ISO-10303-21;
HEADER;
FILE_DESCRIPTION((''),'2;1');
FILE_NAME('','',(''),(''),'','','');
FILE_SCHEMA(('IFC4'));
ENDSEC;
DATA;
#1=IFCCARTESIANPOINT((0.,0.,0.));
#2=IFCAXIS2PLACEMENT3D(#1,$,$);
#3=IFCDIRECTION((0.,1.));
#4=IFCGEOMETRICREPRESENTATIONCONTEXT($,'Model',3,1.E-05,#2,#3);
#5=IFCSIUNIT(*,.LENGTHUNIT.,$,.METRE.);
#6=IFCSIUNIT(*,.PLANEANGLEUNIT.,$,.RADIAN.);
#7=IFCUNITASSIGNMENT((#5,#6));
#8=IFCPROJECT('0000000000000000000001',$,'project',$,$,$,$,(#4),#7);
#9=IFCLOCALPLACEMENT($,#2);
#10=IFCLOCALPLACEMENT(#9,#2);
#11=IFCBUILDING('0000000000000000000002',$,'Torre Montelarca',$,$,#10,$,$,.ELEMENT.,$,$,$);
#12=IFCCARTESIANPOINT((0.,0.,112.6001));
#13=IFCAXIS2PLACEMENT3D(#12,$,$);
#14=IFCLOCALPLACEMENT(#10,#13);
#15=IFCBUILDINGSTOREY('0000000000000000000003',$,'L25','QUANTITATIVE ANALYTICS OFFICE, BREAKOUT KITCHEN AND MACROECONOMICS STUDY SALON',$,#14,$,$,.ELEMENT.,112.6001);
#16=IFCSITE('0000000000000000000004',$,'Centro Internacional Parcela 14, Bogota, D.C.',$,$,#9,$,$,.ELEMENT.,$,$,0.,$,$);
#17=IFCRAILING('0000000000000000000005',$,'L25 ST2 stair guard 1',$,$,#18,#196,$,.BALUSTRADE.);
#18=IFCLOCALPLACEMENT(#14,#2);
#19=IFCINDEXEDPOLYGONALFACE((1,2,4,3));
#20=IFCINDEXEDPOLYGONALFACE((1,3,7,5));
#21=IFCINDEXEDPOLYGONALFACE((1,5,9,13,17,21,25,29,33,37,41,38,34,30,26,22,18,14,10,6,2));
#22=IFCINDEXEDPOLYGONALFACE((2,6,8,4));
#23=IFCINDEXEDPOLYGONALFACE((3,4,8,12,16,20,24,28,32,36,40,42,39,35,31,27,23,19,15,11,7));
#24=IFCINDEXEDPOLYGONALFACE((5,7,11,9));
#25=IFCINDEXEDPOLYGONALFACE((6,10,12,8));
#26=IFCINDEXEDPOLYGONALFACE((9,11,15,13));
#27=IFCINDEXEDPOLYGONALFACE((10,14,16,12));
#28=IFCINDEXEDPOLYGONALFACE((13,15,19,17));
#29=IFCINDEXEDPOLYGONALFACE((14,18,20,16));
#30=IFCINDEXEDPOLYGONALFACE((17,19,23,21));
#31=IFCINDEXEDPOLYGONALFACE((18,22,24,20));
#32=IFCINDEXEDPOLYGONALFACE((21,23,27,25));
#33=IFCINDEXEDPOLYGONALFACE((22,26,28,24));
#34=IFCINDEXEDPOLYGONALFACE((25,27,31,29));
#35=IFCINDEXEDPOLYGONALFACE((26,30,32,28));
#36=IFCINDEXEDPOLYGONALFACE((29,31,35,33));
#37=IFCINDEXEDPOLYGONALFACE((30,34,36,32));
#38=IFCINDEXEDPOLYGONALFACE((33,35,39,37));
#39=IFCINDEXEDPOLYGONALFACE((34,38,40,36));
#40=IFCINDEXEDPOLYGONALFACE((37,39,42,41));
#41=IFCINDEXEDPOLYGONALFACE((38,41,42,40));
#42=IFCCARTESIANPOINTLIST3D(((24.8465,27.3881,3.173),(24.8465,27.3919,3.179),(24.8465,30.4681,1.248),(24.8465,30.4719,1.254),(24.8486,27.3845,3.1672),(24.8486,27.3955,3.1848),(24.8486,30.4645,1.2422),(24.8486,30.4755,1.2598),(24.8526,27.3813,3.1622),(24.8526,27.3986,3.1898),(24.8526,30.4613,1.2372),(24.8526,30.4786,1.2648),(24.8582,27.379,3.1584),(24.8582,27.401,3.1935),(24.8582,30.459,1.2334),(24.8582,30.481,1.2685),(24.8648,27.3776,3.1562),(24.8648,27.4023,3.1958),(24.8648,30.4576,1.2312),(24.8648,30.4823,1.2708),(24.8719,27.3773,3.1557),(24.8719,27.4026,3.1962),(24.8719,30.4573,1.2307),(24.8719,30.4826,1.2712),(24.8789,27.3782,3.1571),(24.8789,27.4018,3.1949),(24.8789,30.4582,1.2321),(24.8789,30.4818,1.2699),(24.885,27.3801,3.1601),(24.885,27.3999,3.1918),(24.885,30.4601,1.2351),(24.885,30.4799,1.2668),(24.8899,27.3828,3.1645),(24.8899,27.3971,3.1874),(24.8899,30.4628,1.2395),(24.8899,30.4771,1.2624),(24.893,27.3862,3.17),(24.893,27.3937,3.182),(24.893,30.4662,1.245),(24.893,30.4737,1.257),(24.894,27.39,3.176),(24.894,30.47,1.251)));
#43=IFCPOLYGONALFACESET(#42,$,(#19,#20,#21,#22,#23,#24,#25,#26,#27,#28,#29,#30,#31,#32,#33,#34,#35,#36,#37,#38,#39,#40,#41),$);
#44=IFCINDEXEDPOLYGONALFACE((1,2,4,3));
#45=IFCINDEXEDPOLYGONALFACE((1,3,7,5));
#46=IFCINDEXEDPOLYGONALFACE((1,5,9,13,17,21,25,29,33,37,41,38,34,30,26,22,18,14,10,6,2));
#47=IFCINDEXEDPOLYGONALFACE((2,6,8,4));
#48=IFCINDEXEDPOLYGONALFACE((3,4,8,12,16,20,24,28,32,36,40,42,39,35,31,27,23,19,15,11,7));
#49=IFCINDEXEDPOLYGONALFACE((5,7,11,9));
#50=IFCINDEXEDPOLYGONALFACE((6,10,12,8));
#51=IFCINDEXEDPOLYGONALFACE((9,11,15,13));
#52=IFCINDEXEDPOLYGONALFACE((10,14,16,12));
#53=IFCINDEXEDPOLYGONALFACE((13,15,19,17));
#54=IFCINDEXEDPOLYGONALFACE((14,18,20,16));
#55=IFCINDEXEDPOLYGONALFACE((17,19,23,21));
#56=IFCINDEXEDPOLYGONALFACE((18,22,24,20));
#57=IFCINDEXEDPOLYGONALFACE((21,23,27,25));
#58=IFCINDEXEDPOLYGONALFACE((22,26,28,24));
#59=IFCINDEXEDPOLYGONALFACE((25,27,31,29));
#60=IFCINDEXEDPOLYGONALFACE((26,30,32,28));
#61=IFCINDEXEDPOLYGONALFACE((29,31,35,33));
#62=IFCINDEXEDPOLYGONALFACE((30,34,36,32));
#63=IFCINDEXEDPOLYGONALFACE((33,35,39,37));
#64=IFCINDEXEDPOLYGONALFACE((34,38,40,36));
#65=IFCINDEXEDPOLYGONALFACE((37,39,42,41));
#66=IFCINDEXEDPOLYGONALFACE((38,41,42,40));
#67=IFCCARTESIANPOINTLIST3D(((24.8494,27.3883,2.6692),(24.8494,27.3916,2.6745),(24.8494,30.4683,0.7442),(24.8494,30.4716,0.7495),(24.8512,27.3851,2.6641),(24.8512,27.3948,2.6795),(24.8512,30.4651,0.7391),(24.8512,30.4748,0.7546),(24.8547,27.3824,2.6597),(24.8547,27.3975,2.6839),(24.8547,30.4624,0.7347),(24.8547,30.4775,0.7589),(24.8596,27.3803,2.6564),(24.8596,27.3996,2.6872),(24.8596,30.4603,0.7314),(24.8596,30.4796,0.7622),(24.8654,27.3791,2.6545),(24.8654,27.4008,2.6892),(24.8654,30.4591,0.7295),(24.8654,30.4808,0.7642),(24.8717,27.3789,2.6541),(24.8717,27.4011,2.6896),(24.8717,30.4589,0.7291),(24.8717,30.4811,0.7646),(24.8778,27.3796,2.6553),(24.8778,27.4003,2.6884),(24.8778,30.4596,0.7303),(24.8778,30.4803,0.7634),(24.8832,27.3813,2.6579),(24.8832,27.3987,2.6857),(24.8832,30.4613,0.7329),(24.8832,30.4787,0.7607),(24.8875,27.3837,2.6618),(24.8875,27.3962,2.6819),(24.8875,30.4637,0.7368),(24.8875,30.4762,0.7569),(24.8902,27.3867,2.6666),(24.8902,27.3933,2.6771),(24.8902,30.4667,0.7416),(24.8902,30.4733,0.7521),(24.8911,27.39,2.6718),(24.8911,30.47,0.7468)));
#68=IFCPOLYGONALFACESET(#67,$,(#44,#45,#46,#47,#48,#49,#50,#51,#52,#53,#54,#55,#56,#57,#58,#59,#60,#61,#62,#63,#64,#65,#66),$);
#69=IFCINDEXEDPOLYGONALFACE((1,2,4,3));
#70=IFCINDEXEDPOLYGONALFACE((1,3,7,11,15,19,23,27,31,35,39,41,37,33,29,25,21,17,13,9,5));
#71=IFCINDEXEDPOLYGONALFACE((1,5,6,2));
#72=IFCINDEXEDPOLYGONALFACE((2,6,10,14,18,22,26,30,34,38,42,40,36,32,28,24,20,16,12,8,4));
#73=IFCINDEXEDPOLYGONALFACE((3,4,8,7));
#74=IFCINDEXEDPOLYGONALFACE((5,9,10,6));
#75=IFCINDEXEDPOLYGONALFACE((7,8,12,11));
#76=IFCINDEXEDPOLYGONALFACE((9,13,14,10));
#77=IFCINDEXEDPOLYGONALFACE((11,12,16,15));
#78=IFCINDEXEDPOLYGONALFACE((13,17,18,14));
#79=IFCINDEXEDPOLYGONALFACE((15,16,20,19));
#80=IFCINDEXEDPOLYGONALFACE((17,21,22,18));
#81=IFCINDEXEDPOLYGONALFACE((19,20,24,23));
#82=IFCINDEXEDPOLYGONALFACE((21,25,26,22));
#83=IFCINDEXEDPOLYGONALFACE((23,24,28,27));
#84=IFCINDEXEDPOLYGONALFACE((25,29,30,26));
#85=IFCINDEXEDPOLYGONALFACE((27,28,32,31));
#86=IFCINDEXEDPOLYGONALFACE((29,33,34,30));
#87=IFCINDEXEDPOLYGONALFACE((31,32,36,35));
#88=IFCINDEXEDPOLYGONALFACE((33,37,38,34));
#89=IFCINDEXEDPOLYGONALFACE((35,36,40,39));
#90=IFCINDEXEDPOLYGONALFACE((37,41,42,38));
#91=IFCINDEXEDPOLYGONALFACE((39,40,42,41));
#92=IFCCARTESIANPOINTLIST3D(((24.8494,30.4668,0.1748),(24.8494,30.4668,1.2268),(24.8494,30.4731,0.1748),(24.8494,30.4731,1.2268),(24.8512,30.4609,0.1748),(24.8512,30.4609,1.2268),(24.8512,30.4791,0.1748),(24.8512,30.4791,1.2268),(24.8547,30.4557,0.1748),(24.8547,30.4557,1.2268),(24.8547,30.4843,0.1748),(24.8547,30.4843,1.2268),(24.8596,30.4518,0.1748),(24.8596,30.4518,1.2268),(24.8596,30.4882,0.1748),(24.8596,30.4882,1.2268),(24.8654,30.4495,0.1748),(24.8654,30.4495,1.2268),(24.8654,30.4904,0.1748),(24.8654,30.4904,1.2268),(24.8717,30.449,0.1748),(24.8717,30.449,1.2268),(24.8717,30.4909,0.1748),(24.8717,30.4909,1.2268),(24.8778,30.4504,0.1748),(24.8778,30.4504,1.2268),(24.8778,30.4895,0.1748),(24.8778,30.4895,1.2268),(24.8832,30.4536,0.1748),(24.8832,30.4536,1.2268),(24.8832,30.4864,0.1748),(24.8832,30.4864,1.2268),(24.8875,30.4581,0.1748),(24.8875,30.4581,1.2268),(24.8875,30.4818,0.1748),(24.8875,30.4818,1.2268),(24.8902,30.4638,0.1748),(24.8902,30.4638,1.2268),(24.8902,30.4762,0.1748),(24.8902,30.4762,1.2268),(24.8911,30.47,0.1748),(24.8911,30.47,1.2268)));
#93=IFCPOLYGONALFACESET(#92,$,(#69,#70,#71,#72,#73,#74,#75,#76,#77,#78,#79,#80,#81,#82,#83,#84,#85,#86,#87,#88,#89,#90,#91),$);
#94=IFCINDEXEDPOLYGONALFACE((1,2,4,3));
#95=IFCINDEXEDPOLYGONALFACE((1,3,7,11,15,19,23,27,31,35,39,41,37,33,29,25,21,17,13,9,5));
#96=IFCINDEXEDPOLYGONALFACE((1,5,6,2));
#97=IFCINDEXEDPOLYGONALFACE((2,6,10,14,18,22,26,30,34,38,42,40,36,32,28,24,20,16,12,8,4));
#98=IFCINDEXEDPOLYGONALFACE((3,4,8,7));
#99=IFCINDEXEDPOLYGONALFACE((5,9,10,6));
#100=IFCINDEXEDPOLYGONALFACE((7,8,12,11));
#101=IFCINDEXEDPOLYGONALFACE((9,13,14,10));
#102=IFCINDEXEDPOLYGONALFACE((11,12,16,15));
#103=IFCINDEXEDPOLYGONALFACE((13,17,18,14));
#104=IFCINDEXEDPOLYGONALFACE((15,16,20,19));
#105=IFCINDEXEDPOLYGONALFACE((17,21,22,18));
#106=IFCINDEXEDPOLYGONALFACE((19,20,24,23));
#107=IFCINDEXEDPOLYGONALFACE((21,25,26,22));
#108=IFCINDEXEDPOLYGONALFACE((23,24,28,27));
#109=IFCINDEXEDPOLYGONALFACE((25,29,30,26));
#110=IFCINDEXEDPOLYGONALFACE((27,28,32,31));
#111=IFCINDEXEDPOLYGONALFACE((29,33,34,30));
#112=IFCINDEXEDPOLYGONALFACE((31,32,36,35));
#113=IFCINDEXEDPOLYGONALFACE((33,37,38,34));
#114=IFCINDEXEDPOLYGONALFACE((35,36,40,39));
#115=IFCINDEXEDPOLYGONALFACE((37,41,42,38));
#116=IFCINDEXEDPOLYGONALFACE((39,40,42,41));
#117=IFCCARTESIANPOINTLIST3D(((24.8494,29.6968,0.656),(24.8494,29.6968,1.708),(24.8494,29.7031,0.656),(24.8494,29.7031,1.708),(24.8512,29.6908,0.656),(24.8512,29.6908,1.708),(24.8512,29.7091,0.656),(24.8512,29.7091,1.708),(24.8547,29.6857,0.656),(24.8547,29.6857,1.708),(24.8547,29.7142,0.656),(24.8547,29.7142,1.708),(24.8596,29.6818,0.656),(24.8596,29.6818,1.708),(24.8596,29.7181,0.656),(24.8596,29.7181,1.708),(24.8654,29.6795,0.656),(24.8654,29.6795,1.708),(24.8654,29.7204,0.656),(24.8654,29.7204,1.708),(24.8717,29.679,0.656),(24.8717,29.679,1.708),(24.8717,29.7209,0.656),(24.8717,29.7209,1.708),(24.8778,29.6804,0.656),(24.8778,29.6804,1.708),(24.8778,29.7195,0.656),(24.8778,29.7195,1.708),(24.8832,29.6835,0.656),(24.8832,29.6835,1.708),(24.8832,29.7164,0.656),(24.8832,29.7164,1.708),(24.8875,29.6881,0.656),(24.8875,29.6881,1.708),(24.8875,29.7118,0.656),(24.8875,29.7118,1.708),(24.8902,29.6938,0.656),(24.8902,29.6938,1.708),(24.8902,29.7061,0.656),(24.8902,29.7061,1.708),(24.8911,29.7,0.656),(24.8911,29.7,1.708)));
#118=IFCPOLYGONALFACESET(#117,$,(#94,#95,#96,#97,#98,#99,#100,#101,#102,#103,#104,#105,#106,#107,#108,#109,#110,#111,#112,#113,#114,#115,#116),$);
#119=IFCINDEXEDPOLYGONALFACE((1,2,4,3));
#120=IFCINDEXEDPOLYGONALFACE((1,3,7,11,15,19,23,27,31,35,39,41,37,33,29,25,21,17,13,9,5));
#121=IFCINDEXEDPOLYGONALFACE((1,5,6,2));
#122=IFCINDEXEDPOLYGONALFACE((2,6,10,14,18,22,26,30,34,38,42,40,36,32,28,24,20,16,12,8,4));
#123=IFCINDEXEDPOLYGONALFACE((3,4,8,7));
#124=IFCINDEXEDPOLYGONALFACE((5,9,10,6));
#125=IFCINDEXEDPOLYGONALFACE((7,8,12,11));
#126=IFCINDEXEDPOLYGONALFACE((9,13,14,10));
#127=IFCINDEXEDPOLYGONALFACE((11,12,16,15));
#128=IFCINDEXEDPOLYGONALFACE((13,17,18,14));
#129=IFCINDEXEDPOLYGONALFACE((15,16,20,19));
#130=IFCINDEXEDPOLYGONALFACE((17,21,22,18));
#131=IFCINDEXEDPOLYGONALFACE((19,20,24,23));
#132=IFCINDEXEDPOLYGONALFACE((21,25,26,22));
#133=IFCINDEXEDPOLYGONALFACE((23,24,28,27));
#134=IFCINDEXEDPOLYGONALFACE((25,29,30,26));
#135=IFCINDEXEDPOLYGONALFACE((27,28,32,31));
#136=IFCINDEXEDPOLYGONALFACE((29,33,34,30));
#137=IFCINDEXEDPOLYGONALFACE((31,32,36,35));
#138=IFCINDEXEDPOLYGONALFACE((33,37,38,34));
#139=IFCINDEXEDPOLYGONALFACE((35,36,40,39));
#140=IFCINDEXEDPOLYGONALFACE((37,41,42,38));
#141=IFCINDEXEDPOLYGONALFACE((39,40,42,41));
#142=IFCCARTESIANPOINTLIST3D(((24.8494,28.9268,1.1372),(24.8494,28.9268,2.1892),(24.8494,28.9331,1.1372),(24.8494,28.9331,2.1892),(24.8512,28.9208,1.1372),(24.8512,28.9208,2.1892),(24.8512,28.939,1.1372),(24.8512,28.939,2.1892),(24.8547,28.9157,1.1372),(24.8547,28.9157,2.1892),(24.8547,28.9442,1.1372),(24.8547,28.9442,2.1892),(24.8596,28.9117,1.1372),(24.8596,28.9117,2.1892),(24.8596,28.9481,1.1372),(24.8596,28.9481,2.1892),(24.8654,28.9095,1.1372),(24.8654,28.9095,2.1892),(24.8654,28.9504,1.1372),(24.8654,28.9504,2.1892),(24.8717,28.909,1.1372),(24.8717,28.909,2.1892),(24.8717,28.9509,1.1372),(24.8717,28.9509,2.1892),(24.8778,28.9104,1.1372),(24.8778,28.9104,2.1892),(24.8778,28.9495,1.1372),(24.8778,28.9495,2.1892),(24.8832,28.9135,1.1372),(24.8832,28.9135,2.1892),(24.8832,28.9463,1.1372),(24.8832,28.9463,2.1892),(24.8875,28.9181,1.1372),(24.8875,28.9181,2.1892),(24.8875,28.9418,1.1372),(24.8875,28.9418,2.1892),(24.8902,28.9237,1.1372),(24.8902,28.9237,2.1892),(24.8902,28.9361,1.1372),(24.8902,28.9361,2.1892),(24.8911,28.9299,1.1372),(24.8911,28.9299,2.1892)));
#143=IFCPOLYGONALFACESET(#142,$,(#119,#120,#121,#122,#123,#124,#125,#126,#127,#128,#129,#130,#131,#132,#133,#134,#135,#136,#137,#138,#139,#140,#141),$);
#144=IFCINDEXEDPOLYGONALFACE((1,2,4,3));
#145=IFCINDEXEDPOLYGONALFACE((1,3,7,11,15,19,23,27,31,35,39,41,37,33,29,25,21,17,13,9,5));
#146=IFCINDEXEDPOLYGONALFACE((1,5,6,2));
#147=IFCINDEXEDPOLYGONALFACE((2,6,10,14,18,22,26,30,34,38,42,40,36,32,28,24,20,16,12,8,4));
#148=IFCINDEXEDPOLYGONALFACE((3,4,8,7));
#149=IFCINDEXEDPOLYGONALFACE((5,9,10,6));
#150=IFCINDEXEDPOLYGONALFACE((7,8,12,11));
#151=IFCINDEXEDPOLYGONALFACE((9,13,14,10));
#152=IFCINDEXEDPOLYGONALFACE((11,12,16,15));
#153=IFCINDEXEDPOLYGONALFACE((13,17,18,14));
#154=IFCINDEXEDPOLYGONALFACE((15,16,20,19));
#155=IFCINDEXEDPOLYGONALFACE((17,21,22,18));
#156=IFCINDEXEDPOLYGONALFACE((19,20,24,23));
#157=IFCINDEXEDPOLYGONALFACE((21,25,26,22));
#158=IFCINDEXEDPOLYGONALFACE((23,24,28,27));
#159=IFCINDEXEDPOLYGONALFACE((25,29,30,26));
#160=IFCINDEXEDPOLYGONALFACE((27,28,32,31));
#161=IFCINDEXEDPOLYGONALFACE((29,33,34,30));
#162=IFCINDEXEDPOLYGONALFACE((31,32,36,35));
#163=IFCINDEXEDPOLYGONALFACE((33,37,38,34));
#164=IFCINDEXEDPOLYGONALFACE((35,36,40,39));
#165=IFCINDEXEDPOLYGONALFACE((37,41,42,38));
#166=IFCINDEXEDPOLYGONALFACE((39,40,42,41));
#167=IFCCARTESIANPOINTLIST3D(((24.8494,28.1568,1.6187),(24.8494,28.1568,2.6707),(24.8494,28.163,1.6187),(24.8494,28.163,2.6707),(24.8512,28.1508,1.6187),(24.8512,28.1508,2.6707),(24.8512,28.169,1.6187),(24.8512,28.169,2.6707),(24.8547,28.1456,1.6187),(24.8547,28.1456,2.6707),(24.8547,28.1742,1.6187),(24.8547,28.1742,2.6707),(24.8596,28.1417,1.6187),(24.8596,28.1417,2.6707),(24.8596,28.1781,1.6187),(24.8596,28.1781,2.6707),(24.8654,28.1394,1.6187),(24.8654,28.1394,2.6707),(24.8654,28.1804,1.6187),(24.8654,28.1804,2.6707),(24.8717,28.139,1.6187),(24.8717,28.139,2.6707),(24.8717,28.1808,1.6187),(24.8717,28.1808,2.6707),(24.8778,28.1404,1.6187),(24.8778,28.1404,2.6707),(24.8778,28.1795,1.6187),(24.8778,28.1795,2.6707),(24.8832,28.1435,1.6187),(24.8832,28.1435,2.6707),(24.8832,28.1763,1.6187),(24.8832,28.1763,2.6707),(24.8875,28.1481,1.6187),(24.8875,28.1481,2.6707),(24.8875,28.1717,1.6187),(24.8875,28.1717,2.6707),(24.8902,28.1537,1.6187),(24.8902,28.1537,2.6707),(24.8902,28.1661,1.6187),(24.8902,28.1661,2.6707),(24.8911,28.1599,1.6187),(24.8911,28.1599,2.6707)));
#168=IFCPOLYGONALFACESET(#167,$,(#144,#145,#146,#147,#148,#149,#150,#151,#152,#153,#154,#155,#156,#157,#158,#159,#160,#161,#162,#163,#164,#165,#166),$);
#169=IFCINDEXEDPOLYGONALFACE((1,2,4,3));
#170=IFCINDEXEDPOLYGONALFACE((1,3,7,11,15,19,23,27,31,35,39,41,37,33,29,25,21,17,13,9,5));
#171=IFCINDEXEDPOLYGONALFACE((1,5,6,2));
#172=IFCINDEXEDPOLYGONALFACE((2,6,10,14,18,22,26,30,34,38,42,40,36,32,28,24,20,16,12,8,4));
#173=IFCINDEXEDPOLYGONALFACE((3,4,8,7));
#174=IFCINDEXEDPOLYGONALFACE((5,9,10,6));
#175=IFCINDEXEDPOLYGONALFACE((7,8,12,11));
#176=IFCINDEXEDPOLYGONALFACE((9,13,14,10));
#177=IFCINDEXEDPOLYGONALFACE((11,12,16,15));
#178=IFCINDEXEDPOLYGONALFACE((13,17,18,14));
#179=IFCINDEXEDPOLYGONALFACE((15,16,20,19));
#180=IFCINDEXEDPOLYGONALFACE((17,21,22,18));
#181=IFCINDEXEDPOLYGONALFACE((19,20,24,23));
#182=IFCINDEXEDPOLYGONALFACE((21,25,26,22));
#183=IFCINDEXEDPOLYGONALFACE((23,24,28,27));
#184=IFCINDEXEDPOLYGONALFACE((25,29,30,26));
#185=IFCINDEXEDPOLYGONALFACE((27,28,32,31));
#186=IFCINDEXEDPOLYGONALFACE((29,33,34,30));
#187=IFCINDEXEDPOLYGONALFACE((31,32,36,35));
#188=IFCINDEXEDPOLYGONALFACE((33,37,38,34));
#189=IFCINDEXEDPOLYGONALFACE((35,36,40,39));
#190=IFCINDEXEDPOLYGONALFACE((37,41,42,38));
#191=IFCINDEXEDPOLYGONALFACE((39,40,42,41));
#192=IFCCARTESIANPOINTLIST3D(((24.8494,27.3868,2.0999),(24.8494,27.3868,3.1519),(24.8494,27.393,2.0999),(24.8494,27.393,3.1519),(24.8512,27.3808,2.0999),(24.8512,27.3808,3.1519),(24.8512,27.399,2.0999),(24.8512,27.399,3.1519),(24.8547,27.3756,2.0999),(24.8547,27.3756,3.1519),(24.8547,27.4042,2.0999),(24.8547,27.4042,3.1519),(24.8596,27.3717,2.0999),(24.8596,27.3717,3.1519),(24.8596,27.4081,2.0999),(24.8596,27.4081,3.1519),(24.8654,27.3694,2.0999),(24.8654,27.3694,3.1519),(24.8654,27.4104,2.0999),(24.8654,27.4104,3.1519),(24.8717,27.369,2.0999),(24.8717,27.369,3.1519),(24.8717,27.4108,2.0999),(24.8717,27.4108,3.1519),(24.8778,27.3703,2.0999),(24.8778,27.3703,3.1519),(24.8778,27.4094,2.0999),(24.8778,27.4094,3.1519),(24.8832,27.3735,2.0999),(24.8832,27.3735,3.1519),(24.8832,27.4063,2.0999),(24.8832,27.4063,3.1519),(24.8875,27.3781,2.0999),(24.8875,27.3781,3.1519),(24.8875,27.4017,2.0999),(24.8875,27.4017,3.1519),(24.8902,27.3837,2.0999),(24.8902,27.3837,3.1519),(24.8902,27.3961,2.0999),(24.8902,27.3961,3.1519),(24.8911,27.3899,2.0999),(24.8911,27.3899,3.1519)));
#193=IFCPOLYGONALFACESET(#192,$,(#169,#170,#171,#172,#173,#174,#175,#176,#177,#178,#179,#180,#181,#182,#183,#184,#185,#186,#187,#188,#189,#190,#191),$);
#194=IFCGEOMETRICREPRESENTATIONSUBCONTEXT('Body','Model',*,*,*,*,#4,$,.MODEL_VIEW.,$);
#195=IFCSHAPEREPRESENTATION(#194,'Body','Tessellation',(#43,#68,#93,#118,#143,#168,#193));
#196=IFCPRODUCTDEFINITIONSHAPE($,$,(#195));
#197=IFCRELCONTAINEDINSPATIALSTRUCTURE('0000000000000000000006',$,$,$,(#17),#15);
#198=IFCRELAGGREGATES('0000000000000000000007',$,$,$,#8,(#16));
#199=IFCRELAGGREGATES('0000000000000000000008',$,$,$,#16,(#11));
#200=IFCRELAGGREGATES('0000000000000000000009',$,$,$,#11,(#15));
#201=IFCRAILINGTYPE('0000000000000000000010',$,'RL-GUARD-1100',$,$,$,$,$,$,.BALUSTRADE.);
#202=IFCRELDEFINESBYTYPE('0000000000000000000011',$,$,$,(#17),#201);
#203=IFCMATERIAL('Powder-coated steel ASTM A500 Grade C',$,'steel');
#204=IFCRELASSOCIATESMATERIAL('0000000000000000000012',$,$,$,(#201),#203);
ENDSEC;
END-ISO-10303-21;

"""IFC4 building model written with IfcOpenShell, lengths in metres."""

from ifc_helpers import new_model, si_unit, direction, frame, origin, origin_2d, place, context, subcontext, project, spatial, circle, extrude, material, type_object, element, save


model = new_model("IFC4")

# Units and contexts
model_context = context("Model", 3, precision=1e-05, world=origin(), true_north=direction((0.0, 1.0)))
body_context = subcontext(model_context, "Body", "Model", "MODEL_VIEW")
ifc_project = project(units=[si_unit("LENGTHUNIT", "METRE"), si_unit("PLANEANGLEUNIT", "RADIAN")], contexts=[model_context])

# Site, building, storey
site_placement = place(None, origin())
site = spatial("IfcSite", under=ifc_project, at=site_placement, Name="Centro Internacional Parcela 14, Bogota, D.C.", CompositionType="ELEMENT", RefElevation=0.0)
building_placement = place(site_placement, origin())
building = spatial("IfcBuilding", under=site, at=building_placement, Name="Torre Montelarca", CompositionType="ELEMENT")
storey_placement = place(building_placement, frame((0.0, 0.0, 112.6001)))
storey = spatial("IfcBuildingStorey", under=building, at=storey_placement, Name="L25", Description="QUANTITATIVE ANALYTICS OFFICE, BREAKOUT KITCHEN AND MACROECONOMICS STUDY SALON", CompositionType="ELEMENT", Elevation=112.6001)

# Railing
ifc_material_1 = material(Name="Powder-coated steel ASTM A500 Grade C", Category="steel")
railing_type_1 = type_object("IfcRailingType", Name="RL-GUARD-1100", PredefinedType="BALUSTRADE", material=ifc_material_1)
railing_1_placement = place(storey_placement, frame((24.8701, 30.47, 0.1748)))
element("IfcRailing", 1, at=railing_1_placement, inside=storey, type_object=railing_type_1, Name="L25 ST2 stair guard 1", PredefinedType="BALUSTRADE", context=body_context, shape_type="SweptSolid", body=[
    extrude(circle(Radius=0.0239, at=origin_2d()), frame((0.0, 0.0, 1.0762), z_axis=(0.0, -0.847998, 0.529999), x_axis=(1.0, 0.0, 0.0)), (0.0, 0.0, 1.0), 3.6321),
    extrude(circle(Radius=0.021, at=origin_2d()), frame((0.0, 0.0, 0.572), z_axis=(0.0, -0.847998, 0.529999), x_axis=(1.0, 0.0, 0.0)), (0.0, 0.0, 1.0), 3.6321),
    extrude(circle(Radius=0.021, at=origin_2d()), origin(), (0.0, 0.0, 1.0), 1.052),
    extrude(circle(Radius=0.021, at=origin_2d()), frame((0.0, -0.77, 0.4812)), (0.0, 0.0, 1.0), 1.052),
    extrude(circle(Radius=0.021, at=origin_2d()), frame((0.0, -1.54, 0.9624)), (0.0, 0.0, 1.0), 1.052),
    extrude(circle(Radius=0.021, at=origin_2d()), frame((0.0, -2.3101, 1.4438)), (0.0, 0.0, 1.0), 1.052),
    extrude(circle(Radius=0.021, at=origin_2d()), frame((0.0, -3.0801, 1.925)), (0.0, 0.0, 1.0), 1.052),
])

save(model, "model.ifc")
